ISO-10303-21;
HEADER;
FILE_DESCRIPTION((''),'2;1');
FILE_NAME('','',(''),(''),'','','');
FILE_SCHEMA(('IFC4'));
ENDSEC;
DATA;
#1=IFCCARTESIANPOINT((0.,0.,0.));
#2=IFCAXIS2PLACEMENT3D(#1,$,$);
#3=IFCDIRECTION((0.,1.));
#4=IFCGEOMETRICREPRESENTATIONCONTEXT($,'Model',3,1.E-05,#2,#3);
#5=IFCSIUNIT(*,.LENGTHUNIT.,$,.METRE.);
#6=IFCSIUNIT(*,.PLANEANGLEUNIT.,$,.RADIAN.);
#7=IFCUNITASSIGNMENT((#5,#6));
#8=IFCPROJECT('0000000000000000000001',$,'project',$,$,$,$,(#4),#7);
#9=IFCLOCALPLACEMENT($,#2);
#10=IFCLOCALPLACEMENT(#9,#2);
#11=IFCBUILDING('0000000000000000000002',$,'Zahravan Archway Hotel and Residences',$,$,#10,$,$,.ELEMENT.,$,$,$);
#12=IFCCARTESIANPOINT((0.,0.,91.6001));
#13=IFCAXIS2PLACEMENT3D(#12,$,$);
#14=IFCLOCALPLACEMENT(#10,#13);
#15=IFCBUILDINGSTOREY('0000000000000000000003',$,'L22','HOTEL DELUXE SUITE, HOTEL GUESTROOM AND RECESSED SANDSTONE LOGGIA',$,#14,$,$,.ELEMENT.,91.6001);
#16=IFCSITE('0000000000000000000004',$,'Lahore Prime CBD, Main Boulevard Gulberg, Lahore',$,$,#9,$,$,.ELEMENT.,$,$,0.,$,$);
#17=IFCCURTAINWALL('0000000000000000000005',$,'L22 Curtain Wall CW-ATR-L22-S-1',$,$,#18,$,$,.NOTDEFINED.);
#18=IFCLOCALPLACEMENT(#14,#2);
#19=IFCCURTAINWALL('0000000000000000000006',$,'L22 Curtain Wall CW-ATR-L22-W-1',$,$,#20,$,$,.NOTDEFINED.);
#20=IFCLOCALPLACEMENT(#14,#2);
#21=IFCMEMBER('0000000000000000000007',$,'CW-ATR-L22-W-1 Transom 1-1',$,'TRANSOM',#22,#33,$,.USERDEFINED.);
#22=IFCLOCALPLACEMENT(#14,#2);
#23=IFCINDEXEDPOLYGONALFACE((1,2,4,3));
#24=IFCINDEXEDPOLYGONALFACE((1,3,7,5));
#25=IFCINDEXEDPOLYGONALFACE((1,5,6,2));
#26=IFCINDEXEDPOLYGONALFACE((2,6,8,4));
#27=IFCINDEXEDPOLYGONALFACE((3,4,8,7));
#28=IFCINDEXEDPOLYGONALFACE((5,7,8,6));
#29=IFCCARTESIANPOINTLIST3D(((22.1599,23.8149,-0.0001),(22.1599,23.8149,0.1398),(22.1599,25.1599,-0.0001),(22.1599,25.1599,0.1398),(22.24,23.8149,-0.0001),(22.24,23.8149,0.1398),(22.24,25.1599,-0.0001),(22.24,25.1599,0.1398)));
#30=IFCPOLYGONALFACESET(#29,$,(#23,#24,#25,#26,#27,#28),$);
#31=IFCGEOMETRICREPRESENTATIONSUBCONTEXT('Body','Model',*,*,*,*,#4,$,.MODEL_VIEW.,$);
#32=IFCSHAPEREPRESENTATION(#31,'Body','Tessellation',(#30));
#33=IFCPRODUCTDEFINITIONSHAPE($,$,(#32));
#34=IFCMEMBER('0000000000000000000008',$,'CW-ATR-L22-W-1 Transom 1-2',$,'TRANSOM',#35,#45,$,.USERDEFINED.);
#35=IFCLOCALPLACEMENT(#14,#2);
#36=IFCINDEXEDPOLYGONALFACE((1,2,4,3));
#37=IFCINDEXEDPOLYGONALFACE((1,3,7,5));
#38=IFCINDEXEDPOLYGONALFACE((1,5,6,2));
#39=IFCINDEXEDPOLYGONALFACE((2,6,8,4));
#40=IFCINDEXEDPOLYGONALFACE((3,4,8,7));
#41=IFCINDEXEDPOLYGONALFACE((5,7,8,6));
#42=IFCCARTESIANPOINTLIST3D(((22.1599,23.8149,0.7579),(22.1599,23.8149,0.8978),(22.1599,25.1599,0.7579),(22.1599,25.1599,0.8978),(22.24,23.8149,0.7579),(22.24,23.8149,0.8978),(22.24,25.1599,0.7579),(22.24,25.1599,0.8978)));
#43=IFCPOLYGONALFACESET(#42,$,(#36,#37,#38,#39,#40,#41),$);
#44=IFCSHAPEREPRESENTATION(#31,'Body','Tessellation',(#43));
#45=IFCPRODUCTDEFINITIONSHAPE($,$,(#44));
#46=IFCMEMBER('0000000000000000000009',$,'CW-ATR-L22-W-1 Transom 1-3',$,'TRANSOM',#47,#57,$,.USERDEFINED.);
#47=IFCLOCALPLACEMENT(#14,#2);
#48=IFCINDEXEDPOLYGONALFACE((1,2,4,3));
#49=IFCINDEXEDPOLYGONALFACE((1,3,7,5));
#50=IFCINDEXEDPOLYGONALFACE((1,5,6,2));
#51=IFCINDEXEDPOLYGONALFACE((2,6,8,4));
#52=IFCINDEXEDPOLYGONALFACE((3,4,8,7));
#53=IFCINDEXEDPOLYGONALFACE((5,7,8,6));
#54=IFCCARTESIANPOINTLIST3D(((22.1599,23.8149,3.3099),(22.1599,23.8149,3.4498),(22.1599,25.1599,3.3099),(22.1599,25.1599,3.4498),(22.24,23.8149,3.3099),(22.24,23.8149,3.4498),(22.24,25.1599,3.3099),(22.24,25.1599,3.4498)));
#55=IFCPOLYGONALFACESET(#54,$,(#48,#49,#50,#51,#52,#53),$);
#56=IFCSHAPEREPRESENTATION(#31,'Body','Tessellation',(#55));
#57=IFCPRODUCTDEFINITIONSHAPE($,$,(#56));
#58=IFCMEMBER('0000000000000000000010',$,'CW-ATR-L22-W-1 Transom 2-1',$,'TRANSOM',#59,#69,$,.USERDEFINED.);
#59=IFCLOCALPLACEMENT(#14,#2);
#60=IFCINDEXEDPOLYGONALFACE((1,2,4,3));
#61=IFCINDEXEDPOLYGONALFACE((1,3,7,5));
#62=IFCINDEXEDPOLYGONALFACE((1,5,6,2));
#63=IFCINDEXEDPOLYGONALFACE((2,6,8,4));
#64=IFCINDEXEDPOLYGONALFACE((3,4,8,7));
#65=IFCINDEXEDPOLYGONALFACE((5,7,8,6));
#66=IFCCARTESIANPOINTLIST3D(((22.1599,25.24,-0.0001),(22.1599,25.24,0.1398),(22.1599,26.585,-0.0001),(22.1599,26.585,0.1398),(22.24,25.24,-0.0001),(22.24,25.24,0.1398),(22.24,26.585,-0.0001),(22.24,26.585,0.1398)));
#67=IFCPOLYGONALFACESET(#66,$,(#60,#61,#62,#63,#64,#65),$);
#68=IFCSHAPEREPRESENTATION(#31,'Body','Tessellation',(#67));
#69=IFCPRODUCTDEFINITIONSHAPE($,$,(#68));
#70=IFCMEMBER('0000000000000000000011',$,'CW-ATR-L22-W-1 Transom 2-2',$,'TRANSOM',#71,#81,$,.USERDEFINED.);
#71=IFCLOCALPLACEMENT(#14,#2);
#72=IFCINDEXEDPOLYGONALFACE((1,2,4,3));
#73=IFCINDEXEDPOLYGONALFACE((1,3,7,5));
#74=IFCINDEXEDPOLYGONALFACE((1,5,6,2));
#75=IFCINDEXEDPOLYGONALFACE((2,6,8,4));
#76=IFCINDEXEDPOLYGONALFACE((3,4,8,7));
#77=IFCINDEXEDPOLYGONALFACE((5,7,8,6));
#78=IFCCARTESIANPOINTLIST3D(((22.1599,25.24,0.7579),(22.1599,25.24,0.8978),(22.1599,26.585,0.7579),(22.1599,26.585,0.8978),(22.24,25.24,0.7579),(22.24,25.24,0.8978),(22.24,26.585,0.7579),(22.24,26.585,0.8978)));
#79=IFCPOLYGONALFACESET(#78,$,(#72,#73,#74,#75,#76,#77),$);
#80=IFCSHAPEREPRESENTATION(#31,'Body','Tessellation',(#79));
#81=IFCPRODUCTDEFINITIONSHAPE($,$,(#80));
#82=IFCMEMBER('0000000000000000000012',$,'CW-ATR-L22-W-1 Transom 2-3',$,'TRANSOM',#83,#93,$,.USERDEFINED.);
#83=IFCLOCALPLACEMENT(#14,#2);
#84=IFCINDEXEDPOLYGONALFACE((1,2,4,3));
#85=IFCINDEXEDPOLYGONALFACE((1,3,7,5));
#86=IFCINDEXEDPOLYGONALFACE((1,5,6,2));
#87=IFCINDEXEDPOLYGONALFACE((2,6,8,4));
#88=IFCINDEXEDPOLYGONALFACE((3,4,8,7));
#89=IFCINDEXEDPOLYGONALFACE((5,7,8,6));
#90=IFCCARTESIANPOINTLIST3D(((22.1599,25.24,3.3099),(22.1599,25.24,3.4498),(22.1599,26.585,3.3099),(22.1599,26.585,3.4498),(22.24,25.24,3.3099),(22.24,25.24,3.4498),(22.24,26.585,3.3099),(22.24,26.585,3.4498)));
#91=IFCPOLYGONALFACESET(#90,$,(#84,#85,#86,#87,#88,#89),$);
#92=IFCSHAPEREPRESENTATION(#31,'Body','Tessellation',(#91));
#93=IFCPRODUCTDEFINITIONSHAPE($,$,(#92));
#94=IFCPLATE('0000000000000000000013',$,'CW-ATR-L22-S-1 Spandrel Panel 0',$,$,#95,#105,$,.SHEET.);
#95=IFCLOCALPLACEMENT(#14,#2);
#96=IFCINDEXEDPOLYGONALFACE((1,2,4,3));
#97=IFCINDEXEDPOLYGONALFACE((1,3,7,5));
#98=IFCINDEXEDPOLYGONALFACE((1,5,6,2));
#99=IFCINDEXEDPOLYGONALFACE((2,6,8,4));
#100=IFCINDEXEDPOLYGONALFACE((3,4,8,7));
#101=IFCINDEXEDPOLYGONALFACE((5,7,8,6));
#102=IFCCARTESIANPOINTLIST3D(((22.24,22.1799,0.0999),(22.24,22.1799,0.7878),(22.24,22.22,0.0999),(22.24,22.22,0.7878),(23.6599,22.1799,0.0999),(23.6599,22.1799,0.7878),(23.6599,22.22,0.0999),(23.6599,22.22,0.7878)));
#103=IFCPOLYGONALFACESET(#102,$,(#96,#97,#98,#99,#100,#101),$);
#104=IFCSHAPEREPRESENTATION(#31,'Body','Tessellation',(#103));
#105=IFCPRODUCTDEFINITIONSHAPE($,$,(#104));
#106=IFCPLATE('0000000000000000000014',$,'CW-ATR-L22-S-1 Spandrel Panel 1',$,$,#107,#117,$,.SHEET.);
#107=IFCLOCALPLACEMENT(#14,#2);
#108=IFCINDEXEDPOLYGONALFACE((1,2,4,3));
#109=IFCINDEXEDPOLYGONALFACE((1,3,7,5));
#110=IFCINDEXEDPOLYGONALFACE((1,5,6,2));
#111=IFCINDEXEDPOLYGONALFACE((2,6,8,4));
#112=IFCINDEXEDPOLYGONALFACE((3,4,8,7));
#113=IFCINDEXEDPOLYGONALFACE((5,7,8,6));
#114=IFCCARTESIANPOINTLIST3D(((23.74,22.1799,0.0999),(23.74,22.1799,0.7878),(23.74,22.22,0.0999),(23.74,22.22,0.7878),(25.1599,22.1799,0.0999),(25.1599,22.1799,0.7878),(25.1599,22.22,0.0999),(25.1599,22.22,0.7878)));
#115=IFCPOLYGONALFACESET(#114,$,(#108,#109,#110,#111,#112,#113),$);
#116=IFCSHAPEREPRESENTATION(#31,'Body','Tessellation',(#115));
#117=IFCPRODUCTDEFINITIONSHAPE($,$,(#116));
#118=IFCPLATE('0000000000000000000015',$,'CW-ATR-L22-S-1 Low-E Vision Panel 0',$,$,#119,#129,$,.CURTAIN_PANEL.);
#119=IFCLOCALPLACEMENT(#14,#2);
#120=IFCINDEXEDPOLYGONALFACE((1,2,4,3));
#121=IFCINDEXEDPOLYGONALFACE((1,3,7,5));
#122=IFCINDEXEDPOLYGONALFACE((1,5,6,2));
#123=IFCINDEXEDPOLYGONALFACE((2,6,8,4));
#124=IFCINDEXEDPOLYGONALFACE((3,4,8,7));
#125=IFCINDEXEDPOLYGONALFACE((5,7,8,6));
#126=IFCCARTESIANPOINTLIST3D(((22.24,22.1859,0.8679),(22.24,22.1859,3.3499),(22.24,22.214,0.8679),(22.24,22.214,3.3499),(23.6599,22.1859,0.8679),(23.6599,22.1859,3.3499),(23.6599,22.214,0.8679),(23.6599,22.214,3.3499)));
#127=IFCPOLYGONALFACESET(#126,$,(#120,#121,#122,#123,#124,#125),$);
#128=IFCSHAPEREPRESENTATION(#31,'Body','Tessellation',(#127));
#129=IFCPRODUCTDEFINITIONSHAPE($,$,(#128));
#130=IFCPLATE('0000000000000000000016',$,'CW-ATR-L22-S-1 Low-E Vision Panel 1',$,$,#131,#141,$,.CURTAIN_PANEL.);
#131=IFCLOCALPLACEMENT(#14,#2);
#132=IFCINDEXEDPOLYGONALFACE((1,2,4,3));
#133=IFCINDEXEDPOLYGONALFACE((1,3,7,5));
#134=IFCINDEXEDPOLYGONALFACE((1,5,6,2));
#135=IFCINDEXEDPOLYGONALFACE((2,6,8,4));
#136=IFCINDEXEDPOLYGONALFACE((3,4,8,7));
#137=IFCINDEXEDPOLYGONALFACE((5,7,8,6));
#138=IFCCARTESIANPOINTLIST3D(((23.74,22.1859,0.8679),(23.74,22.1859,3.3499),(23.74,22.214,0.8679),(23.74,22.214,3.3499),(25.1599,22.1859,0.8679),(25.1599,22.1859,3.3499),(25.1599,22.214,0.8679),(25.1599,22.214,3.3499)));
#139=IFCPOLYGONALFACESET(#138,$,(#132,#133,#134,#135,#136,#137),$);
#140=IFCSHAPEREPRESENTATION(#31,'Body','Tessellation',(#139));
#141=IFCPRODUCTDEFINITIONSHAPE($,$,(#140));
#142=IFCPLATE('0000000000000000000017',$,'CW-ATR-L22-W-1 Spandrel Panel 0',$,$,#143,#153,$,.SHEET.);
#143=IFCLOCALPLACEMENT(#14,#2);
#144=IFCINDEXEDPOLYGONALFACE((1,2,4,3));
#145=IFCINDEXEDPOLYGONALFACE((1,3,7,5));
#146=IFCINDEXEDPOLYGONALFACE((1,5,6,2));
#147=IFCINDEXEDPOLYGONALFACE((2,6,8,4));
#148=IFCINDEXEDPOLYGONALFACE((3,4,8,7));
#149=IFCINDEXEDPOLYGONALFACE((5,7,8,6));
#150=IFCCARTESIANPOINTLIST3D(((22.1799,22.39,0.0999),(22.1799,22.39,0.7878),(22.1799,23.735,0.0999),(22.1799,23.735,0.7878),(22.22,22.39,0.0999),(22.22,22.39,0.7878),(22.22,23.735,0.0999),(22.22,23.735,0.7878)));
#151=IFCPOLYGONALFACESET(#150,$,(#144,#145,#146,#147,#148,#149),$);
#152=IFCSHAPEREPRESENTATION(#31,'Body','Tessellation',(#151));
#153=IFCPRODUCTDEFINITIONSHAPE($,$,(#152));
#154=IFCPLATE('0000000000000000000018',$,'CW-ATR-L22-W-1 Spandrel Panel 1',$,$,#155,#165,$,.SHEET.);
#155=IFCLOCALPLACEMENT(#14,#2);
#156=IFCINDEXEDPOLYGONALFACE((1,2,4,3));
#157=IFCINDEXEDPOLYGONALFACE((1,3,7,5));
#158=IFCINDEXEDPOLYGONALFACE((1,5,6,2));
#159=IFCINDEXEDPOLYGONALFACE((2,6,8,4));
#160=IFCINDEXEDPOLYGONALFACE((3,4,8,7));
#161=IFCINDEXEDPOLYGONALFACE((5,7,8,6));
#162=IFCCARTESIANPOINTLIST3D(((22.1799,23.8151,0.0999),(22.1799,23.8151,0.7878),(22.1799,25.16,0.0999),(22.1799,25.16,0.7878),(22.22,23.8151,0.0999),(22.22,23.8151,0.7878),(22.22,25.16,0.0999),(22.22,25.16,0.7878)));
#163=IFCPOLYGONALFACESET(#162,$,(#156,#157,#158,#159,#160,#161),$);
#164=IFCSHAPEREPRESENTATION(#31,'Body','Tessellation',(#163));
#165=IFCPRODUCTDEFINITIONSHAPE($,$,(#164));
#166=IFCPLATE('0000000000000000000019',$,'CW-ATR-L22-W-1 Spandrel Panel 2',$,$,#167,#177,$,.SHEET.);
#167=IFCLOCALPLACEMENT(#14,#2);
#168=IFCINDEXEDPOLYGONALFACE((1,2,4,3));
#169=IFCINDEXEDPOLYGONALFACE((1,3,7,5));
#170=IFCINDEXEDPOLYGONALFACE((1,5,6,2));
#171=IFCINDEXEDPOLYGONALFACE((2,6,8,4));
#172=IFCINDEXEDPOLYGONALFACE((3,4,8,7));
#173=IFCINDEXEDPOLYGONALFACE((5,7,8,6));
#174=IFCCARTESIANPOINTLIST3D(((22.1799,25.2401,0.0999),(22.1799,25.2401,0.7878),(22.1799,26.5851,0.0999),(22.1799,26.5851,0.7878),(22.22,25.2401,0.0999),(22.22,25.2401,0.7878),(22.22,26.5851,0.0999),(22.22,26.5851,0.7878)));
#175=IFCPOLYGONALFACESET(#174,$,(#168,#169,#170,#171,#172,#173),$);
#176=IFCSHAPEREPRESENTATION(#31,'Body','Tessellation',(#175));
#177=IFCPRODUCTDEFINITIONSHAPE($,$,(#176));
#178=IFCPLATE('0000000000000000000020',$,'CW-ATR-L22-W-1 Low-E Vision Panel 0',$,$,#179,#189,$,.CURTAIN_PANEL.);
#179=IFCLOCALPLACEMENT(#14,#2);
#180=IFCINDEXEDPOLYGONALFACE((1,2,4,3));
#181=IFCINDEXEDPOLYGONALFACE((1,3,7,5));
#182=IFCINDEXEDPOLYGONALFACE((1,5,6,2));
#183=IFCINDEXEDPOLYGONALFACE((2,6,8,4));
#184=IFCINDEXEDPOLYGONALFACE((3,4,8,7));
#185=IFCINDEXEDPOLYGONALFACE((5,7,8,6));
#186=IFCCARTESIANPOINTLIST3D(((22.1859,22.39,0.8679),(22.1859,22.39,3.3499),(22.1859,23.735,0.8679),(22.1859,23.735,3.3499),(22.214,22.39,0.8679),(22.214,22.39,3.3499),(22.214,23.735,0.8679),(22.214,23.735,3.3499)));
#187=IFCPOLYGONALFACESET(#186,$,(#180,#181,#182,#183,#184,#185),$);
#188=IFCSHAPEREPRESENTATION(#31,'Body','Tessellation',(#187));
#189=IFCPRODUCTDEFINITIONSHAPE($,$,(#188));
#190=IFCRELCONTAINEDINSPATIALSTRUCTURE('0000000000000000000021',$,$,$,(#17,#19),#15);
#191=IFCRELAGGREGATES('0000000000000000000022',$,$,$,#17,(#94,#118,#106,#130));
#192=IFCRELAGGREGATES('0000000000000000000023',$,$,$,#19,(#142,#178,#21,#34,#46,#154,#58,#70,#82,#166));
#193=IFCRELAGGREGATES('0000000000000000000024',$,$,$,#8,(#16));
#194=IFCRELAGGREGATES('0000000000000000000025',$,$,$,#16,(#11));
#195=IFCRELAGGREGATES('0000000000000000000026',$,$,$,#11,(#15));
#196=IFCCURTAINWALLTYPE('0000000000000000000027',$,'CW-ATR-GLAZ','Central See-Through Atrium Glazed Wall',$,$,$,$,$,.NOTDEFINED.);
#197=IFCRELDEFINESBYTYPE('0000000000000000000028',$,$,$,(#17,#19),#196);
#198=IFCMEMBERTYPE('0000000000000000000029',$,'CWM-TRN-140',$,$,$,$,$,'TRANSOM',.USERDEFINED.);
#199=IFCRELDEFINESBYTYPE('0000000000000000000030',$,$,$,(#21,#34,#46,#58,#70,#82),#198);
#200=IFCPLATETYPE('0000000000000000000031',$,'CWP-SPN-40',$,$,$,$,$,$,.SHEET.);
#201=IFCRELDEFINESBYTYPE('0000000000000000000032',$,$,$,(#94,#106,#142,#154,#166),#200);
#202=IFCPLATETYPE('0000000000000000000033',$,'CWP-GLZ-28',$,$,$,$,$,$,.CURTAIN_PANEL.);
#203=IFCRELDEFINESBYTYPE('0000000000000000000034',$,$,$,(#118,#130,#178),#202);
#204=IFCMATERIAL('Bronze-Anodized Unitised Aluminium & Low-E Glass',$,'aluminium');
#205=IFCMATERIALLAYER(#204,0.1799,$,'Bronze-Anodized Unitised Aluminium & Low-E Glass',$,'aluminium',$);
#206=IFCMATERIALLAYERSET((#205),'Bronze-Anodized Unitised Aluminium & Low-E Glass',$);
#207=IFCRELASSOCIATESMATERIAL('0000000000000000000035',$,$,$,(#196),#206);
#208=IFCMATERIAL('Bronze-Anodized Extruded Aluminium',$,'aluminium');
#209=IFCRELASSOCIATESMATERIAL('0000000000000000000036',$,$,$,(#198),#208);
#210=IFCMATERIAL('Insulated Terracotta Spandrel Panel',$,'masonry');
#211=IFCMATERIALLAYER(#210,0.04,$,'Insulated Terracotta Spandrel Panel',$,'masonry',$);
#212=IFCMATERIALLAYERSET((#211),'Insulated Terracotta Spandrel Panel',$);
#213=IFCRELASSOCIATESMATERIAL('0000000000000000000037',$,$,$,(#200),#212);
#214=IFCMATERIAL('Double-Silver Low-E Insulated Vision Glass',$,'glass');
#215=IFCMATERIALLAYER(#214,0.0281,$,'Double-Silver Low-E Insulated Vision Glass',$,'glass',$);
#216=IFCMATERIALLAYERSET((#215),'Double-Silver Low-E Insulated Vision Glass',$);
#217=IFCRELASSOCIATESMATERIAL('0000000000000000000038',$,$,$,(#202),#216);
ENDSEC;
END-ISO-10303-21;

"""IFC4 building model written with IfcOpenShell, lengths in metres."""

from ifc_helpers import new_model, si_unit, direction, frame, origin, origin_2d, place, context, subcontext, project, spatial, rectangle, extrude, source, transform, mapped, material, layer, layer_set, material_profile, profile_set, type_object, element, aggregate, save


model = new_model("IFC4")

# Units and contexts
model_context = context("Model", 3, precision=1e-05, world=origin(), true_north=direction((0.0, 1.0)))
body_context = subcontext(model_context, "Body", "Model", "MODEL_VIEW")
ifc_project = project(units=[si_unit("LENGTHUNIT", "METRE"), si_unit("PLANEANGLEUNIT", "RADIAN")], contexts=[model_context])

# Site, building, storey
site_placement = place(None, origin())
site = spatial("IfcSite", under=ifc_project, at=site_placement, Name="Lahore Prime CBD, Main Boulevard Gulberg, Lahore", CompositionType="ELEMENT", RefElevation=0.0)
building_placement = place(site_placement, origin())
building = spatial("IfcBuilding", under=site, at=building_placement, Name="Zahravan Archway Hotel and Residences", CompositionType="ELEMENT")
storey_placement = place(building_placement, frame((0.0, 0.0, 91.6001)))
storey = spatial("IfcBuildingStorey", under=building, at=storey_placement, Name="L22", Description="HOTEL DELUXE SUITE, HOTEL GUESTROOM AND RECESSED SANDSTONE LOGGIA", CompositionType="ELEMENT", Elevation=91.6001)

# Curtain walls
ifc_material_1 = material(Name="Bronze-Anodized Unitised Aluminium & Low-E Glass", Category="aluminium")
ifc_layer_1 = layer(ifc_material_1, 0.1799, Name="Bronze-Anodized Unitised Aluminium & Low-E Glass", Category="aluminium")
ifc_layer_set_1 = layer_set([ifc_layer_1], Name="Bronze-Anodized Unitised Aluminium & Low-E Glass")
curtain_wall_type = type_object("IfcCurtainWallType", Name="CW-ATR-GLAZ", Description="Central See-Through Atrium Glazed Wall", PredefinedType="NOTDEFINED", material=ifc_layer_set_1)
curtain_wall_1_placement = place(storey_placement, origin())
curtain_wall_1 = element("IfcCurtainWall", 1, at=curtain_wall_1_placement, inside=storey, type_object=curtain_wall_type, Name="L22 Curtain Wall CW-ATR-L22-S-1", PredefinedType="NOTDEFINED")
ifc_material_2 = material(Name="Bronze-Anodized Extruded Aluminium", Category="aluminium")
curtain_wall_2_placement = place(storey_placement, origin())
curtain_wall_2 = element("IfcCurtainWall", 2, at=curtain_wall_2_placement, inside=storey, type_object=curtain_wall_type, Name="L22 Curtain Wall CW-ATR-L22-W-1", PredefinedType="NOTDEFINED")

# Members
ifc_material_profile_1 = material_profile(ifc_material_2, rectangle(XDim=0.0801, YDim=0.1399, at=origin_2d()), Name="TRN 80x140", Category="aluminium")
ifc_profile_set_1 = profile_set([ifc_material_profile_1], Name="Bronze-Anodized Extruded Aluminium")
member_type_1 = type_object("IfcMemberType", Name="CWM-TRN-140", ElementType="TRANSOM", PredefinedType="USERDEFINED", material=ifc_profile_set_1)
shared_shape_1 = source(origin(), body_context, "Body", "SweptSolid", [
    extrude(rectangle(XDim=0.0801, YDim=0.1399, at=origin_2d()), origin(), (0.0, 0.0, 1.0), 1.345),
])
member_1_placement = place(storey_placement, frame((22.2, 23.8149, 0.0698), z_axis=(0.0, 1.0, 0.0), x_axis=(-1.0, 0.0, 0.0)))
member_1 = element("IfcMember", 3, at=member_1_placement, type_object=member_type_1, Name="CW-ATR-L22-W-1 Transom 1-1", ObjectType="TRANSOM", PredefinedType="USERDEFINED", context=body_context, shape_type="MappedRepresentation", body=[
    mapped(shared_shape_1, transform((0.0, 0.0, 0.0), scale=1.0)),
])
member_2_placement = place(storey_placement, frame((22.2, 23.8149, 0.8279), z_axis=(0.0, 1.0, 0.0), x_axis=(-1.0, 0.0, 0.0)))
member_2 = element("IfcMember", 4, at=member_2_placement, type_object=member_type_1, Name="CW-ATR-L22-W-1 Transom 1-2", ObjectType="TRANSOM", PredefinedType="USERDEFINED", context=body_context, shape_type="MappedRepresentation", body=[
    mapped(shared_shape_1, transform((0.0, 0.0, 0.0), scale=1.0)),
])
member_3_placement = place(storey_placement, frame((22.2, 23.8149, 3.3799), z_axis=(0.0, 1.0, 0.0), x_axis=(-1.0, 0.0, 0.0)))
member_3 = element("IfcMember", 5, at=member_3_placement, type_object=member_type_1, Name="CW-ATR-L22-W-1 Transom 1-3", ObjectType="TRANSOM", PredefinedType="USERDEFINED", context=body_context, shape_type="MappedRepresentation", body=[
    mapped(shared_shape_1, transform((0.0, 0.0, 0.0), scale=1.0)),
])
member_4_placement = place(storey_placement, frame((22.2, 25.24, 0.0698), z_axis=(0.0, 1.0, 0.0), x_axis=(-1.0, 0.0, 0.0)))
member_4 = element("IfcMember", 6, at=member_4_placement, type_object=member_type_1, Name="CW-ATR-L22-W-1 Transom 2-1", ObjectType="TRANSOM", PredefinedType="USERDEFINED", context=body_context, shape_type="MappedRepresentation", body=[
    mapped(shared_shape_1, transform((0.0, 0.0, 0.0), scale=1.0)),
])
member_5_placement = place(storey_placement, frame((22.2, 25.24, 0.8279), z_axis=(0.0, 1.0, 0.0), x_axis=(-1.0, 0.0, 0.0)))
member_5 = element("IfcMember", 7, at=member_5_placement, type_object=member_type_1, Name="CW-ATR-L22-W-1 Transom 2-2", ObjectType="TRANSOM", PredefinedType="USERDEFINED", context=body_context, shape_type="MappedRepresentation", body=[
    mapped(shared_shape_1, transform((0.0, 0.0, 0.0), scale=1.0)),
])
member_6_placement = place(storey_placement, frame((22.2, 25.24, 3.3799), z_axis=(0.0, 1.0, 0.0), x_axis=(-1.0, 0.0, 0.0)))
member_6 = element("IfcMember", 8, at=member_6_placement, type_object=member_type_1, Name="CW-ATR-L22-W-1 Transom 2-3", ObjectType="TRANSOM", PredefinedType="USERDEFINED", context=body_context, shape_type="MappedRepresentation", body=[
    mapped(shared_shape_1, transform((0.0, 0.0, 0.0), scale=1.0)),
])

# Plates
ifc_material_3 = material(Name="Insulated Terracotta Spandrel Panel", Category="masonry")
ifc_layer_2 = layer(ifc_material_3, 0.04, Name="Insulated Terracotta Spandrel Panel", Category="masonry")
ifc_layer_set_2 = layer_set([ifc_layer_2], Name="Insulated Terracotta Spandrel Panel")
plate_type_1 = type_object("IfcPlateType", Name="CWP-SPN-40", PredefinedType="SHEET", material=ifc_layer_set_2)
shared_shape_2 = source(origin(), body_context, "Body", "SweptSolid", [
    extrude(rectangle(XDim=1.4199, YDim=0.04, at=origin_2d()), origin(), (0.0, 0.0, 1.0), 0.688),
])
plate_1_placement = place(storey_placement, frame((22.95, 22.2, 0.0999), z_axis=(0.0, 0.0, 1.0), x_axis=(1.0, 0.0, 0.0)))
plate_1 = element("IfcPlate", 9, at=plate_1_placement, type_object=plate_type_1, Name="CW-ATR-L22-S-1 Spandrel Panel 0", PredefinedType="SHEET", context=body_context, shape_type="MappedRepresentation", body=[
    mapped(shared_shape_2, transform((0.0, 0.0, 0.0), scale=1.0)),
])
plate_2_placement = place(storey_placement, frame((24.45, 22.2, 0.0999), z_axis=(0.0, 0.0, 1.0), x_axis=(1.0, 0.0, 0.0)))
plate_2 = element("IfcPlate", 10, at=plate_2_placement, type_object=plate_type_1, Name="CW-ATR-L22-S-1 Spandrel Panel 1", PredefinedType="SHEET", context=body_context, shape_type="MappedRepresentation", body=[
    mapped(shared_shape_2, transform((0.0, 0.0, 0.0), scale=1.0)),
])
ifc_material_4 = material(Name="Double-Silver Low-E Insulated Vision Glass", Category="glass")
ifc_layer_3 = layer(ifc_material_4, 0.0281, Name="Double-Silver Low-E Insulated Vision Glass", Category="glass")
ifc_layer_set_3 = layer_set([ifc_layer_3], Name="Double-Silver Low-E Insulated Vision Glass")
plate_type_2 = type_object("IfcPlateType", Name="CWP-GLZ-28", PredefinedType="CURTAIN_PANEL", material=ifc_layer_set_3)
shared_shape_3 = source(origin(), body_context, "Body", "SweptSolid", [
    extrude(rectangle(XDim=1.4199, YDim=0.0281, at=origin_2d()), origin(), (0.0, 0.0, 1.0), 2.4819),
])
plate_3_placement = place(storey_placement, frame((22.95, 22.2, 0.8679), z_axis=(0.0, 0.0, 1.0), x_axis=(1.0, 0.0, 0.0)))
plate_3 = element("IfcPlate", 11, at=plate_3_placement, type_object=plate_type_2, Name="CW-ATR-L22-S-1 Low-E Vision Panel 0", PredefinedType="CURTAIN_PANEL", context=body_context, shape_type="MappedRepresentation", body=[
    mapped(shared_shape_3, transform((0.0, 0.0, 0.0), scale=1.0)),
])
plate_4_placement = place(storey_placement, frame((24.45, 22.2, 0.8679), z_axis=(0.0, 0.0, 1.0), x_axis=(1.0, 0.0, 0.0)))
plate_4 = element("IfcPlate", 12, at=plate_4_placement, type_object=plate_type_2, Name="CW-ATR-L22-S-1 Low-E Vision Panel 1", PredefinedType="CURTAIN_PANEL", context=body_context, shape_type="MappedRepresentation", body=[
    mapped(shared_shape_3, transform((0.0, 0.0, 0.0), scale=1.0)),
])
aggregate(curtain_wall_1, [plate_1, plate_3, plate_2, plate_4])
shared_shape_4 = source(origin(), body_context, "Body", "SweptSolid", [
    extrude(rectangle(XDim=1.345, YDim=0.04, at=origin_2d()), origin(), (0.0, 0.0, 1.0), 0.688),
])
plate_5_placement = place(storey_placement, frame((22.2, 23.0625, 0.0999), z_axis=(0.0, 0.0, 1.0), x_axis=(0.0, 1.0, 0.0)))
plate_5 = element("IfcPlate", 13, at=plate_5_placement, type_object=plate_type_1, Name="CW-ATR-L22-W-1 Spandrel Panel 0", PredefinedType="SHEET", context=body_context, shape_type="MappedRepresentation", body=[
    mapped(shared_shape_4, transform((0.0, 0.0, 0.0), scale=1.0)),
])
plate_6_placement = place(storey_placement, frame((22.2, 24.4875, 0.0999), z_axis=(0.0, 0.0, 1.0), x_axis=(0.0, 1.0, 0.0)))
plate_6 = element("IfcPlate", 14, at=plate_6_placement, type_object=plate_type_1, Name="CW-ATR-L22-W-1 Spandrel Panel 1", PredefinedType="SHEET", context=body_context, shape_type="MappedRepresentation", body=[
    mapped(shared_shape_4, transform((0.0, 0.0, 0.0), scale=1.0)),
])
plate_7_placement = place(storey_placement, frame((22.2, 25.9126, 0.0999), z_axis=(0.0, 0.0, 1.0), x_axis=(0.0, 1.0, 0.0)))
plate_7 = element("IfcPlate", 15, at=plate_7_placement, type_object=plate_type_1, Name="CW-ATR-L22-W-1 Spandrel Panel 2", PredefinedType="SHEET", context=body_context, shape_type="MappedRepresentation", body=[
    mapped(shared_shape_4, transform((0.0, 0.0, 0.0), scale=1.0)),
])
shared_shape_5 = source(origin(), body_context, "Body", "SweptSolid", [
    extrude(rectangle(XDim=1.345, YDim=0.0281, at=origin_2d()), origin(), (0.0, 0.0, 1.0), 2.4819),
])
plate_8_placement = place(storey_placement, frame((22.2, 23.0625, 0.8679), z_axis=(0.0, 0.0, 1.0), x_axis=(0.0, 1.0, 0.0)))
plate_8 = element("IfcPlate", 16, at=plate_8_placement, type_object=plate_type_2, Name="CW-ATR-L22-W-1 Low-E Vision Panel 0", PredefinedType="CURTAIN_PANEL", context=body_context, shape_type="MappedRepresentation", body=[
    mapped(shared_shape_5, transform((0.0, 0.0, 0.0), scale=1.0)),
])
aggregate(curtain_wall_2, [plate_5, plate_8, member_1, member_2, member_3, plate_6, member_4, member_5, member_6, plate_7])

save(model, "model.ifc")
